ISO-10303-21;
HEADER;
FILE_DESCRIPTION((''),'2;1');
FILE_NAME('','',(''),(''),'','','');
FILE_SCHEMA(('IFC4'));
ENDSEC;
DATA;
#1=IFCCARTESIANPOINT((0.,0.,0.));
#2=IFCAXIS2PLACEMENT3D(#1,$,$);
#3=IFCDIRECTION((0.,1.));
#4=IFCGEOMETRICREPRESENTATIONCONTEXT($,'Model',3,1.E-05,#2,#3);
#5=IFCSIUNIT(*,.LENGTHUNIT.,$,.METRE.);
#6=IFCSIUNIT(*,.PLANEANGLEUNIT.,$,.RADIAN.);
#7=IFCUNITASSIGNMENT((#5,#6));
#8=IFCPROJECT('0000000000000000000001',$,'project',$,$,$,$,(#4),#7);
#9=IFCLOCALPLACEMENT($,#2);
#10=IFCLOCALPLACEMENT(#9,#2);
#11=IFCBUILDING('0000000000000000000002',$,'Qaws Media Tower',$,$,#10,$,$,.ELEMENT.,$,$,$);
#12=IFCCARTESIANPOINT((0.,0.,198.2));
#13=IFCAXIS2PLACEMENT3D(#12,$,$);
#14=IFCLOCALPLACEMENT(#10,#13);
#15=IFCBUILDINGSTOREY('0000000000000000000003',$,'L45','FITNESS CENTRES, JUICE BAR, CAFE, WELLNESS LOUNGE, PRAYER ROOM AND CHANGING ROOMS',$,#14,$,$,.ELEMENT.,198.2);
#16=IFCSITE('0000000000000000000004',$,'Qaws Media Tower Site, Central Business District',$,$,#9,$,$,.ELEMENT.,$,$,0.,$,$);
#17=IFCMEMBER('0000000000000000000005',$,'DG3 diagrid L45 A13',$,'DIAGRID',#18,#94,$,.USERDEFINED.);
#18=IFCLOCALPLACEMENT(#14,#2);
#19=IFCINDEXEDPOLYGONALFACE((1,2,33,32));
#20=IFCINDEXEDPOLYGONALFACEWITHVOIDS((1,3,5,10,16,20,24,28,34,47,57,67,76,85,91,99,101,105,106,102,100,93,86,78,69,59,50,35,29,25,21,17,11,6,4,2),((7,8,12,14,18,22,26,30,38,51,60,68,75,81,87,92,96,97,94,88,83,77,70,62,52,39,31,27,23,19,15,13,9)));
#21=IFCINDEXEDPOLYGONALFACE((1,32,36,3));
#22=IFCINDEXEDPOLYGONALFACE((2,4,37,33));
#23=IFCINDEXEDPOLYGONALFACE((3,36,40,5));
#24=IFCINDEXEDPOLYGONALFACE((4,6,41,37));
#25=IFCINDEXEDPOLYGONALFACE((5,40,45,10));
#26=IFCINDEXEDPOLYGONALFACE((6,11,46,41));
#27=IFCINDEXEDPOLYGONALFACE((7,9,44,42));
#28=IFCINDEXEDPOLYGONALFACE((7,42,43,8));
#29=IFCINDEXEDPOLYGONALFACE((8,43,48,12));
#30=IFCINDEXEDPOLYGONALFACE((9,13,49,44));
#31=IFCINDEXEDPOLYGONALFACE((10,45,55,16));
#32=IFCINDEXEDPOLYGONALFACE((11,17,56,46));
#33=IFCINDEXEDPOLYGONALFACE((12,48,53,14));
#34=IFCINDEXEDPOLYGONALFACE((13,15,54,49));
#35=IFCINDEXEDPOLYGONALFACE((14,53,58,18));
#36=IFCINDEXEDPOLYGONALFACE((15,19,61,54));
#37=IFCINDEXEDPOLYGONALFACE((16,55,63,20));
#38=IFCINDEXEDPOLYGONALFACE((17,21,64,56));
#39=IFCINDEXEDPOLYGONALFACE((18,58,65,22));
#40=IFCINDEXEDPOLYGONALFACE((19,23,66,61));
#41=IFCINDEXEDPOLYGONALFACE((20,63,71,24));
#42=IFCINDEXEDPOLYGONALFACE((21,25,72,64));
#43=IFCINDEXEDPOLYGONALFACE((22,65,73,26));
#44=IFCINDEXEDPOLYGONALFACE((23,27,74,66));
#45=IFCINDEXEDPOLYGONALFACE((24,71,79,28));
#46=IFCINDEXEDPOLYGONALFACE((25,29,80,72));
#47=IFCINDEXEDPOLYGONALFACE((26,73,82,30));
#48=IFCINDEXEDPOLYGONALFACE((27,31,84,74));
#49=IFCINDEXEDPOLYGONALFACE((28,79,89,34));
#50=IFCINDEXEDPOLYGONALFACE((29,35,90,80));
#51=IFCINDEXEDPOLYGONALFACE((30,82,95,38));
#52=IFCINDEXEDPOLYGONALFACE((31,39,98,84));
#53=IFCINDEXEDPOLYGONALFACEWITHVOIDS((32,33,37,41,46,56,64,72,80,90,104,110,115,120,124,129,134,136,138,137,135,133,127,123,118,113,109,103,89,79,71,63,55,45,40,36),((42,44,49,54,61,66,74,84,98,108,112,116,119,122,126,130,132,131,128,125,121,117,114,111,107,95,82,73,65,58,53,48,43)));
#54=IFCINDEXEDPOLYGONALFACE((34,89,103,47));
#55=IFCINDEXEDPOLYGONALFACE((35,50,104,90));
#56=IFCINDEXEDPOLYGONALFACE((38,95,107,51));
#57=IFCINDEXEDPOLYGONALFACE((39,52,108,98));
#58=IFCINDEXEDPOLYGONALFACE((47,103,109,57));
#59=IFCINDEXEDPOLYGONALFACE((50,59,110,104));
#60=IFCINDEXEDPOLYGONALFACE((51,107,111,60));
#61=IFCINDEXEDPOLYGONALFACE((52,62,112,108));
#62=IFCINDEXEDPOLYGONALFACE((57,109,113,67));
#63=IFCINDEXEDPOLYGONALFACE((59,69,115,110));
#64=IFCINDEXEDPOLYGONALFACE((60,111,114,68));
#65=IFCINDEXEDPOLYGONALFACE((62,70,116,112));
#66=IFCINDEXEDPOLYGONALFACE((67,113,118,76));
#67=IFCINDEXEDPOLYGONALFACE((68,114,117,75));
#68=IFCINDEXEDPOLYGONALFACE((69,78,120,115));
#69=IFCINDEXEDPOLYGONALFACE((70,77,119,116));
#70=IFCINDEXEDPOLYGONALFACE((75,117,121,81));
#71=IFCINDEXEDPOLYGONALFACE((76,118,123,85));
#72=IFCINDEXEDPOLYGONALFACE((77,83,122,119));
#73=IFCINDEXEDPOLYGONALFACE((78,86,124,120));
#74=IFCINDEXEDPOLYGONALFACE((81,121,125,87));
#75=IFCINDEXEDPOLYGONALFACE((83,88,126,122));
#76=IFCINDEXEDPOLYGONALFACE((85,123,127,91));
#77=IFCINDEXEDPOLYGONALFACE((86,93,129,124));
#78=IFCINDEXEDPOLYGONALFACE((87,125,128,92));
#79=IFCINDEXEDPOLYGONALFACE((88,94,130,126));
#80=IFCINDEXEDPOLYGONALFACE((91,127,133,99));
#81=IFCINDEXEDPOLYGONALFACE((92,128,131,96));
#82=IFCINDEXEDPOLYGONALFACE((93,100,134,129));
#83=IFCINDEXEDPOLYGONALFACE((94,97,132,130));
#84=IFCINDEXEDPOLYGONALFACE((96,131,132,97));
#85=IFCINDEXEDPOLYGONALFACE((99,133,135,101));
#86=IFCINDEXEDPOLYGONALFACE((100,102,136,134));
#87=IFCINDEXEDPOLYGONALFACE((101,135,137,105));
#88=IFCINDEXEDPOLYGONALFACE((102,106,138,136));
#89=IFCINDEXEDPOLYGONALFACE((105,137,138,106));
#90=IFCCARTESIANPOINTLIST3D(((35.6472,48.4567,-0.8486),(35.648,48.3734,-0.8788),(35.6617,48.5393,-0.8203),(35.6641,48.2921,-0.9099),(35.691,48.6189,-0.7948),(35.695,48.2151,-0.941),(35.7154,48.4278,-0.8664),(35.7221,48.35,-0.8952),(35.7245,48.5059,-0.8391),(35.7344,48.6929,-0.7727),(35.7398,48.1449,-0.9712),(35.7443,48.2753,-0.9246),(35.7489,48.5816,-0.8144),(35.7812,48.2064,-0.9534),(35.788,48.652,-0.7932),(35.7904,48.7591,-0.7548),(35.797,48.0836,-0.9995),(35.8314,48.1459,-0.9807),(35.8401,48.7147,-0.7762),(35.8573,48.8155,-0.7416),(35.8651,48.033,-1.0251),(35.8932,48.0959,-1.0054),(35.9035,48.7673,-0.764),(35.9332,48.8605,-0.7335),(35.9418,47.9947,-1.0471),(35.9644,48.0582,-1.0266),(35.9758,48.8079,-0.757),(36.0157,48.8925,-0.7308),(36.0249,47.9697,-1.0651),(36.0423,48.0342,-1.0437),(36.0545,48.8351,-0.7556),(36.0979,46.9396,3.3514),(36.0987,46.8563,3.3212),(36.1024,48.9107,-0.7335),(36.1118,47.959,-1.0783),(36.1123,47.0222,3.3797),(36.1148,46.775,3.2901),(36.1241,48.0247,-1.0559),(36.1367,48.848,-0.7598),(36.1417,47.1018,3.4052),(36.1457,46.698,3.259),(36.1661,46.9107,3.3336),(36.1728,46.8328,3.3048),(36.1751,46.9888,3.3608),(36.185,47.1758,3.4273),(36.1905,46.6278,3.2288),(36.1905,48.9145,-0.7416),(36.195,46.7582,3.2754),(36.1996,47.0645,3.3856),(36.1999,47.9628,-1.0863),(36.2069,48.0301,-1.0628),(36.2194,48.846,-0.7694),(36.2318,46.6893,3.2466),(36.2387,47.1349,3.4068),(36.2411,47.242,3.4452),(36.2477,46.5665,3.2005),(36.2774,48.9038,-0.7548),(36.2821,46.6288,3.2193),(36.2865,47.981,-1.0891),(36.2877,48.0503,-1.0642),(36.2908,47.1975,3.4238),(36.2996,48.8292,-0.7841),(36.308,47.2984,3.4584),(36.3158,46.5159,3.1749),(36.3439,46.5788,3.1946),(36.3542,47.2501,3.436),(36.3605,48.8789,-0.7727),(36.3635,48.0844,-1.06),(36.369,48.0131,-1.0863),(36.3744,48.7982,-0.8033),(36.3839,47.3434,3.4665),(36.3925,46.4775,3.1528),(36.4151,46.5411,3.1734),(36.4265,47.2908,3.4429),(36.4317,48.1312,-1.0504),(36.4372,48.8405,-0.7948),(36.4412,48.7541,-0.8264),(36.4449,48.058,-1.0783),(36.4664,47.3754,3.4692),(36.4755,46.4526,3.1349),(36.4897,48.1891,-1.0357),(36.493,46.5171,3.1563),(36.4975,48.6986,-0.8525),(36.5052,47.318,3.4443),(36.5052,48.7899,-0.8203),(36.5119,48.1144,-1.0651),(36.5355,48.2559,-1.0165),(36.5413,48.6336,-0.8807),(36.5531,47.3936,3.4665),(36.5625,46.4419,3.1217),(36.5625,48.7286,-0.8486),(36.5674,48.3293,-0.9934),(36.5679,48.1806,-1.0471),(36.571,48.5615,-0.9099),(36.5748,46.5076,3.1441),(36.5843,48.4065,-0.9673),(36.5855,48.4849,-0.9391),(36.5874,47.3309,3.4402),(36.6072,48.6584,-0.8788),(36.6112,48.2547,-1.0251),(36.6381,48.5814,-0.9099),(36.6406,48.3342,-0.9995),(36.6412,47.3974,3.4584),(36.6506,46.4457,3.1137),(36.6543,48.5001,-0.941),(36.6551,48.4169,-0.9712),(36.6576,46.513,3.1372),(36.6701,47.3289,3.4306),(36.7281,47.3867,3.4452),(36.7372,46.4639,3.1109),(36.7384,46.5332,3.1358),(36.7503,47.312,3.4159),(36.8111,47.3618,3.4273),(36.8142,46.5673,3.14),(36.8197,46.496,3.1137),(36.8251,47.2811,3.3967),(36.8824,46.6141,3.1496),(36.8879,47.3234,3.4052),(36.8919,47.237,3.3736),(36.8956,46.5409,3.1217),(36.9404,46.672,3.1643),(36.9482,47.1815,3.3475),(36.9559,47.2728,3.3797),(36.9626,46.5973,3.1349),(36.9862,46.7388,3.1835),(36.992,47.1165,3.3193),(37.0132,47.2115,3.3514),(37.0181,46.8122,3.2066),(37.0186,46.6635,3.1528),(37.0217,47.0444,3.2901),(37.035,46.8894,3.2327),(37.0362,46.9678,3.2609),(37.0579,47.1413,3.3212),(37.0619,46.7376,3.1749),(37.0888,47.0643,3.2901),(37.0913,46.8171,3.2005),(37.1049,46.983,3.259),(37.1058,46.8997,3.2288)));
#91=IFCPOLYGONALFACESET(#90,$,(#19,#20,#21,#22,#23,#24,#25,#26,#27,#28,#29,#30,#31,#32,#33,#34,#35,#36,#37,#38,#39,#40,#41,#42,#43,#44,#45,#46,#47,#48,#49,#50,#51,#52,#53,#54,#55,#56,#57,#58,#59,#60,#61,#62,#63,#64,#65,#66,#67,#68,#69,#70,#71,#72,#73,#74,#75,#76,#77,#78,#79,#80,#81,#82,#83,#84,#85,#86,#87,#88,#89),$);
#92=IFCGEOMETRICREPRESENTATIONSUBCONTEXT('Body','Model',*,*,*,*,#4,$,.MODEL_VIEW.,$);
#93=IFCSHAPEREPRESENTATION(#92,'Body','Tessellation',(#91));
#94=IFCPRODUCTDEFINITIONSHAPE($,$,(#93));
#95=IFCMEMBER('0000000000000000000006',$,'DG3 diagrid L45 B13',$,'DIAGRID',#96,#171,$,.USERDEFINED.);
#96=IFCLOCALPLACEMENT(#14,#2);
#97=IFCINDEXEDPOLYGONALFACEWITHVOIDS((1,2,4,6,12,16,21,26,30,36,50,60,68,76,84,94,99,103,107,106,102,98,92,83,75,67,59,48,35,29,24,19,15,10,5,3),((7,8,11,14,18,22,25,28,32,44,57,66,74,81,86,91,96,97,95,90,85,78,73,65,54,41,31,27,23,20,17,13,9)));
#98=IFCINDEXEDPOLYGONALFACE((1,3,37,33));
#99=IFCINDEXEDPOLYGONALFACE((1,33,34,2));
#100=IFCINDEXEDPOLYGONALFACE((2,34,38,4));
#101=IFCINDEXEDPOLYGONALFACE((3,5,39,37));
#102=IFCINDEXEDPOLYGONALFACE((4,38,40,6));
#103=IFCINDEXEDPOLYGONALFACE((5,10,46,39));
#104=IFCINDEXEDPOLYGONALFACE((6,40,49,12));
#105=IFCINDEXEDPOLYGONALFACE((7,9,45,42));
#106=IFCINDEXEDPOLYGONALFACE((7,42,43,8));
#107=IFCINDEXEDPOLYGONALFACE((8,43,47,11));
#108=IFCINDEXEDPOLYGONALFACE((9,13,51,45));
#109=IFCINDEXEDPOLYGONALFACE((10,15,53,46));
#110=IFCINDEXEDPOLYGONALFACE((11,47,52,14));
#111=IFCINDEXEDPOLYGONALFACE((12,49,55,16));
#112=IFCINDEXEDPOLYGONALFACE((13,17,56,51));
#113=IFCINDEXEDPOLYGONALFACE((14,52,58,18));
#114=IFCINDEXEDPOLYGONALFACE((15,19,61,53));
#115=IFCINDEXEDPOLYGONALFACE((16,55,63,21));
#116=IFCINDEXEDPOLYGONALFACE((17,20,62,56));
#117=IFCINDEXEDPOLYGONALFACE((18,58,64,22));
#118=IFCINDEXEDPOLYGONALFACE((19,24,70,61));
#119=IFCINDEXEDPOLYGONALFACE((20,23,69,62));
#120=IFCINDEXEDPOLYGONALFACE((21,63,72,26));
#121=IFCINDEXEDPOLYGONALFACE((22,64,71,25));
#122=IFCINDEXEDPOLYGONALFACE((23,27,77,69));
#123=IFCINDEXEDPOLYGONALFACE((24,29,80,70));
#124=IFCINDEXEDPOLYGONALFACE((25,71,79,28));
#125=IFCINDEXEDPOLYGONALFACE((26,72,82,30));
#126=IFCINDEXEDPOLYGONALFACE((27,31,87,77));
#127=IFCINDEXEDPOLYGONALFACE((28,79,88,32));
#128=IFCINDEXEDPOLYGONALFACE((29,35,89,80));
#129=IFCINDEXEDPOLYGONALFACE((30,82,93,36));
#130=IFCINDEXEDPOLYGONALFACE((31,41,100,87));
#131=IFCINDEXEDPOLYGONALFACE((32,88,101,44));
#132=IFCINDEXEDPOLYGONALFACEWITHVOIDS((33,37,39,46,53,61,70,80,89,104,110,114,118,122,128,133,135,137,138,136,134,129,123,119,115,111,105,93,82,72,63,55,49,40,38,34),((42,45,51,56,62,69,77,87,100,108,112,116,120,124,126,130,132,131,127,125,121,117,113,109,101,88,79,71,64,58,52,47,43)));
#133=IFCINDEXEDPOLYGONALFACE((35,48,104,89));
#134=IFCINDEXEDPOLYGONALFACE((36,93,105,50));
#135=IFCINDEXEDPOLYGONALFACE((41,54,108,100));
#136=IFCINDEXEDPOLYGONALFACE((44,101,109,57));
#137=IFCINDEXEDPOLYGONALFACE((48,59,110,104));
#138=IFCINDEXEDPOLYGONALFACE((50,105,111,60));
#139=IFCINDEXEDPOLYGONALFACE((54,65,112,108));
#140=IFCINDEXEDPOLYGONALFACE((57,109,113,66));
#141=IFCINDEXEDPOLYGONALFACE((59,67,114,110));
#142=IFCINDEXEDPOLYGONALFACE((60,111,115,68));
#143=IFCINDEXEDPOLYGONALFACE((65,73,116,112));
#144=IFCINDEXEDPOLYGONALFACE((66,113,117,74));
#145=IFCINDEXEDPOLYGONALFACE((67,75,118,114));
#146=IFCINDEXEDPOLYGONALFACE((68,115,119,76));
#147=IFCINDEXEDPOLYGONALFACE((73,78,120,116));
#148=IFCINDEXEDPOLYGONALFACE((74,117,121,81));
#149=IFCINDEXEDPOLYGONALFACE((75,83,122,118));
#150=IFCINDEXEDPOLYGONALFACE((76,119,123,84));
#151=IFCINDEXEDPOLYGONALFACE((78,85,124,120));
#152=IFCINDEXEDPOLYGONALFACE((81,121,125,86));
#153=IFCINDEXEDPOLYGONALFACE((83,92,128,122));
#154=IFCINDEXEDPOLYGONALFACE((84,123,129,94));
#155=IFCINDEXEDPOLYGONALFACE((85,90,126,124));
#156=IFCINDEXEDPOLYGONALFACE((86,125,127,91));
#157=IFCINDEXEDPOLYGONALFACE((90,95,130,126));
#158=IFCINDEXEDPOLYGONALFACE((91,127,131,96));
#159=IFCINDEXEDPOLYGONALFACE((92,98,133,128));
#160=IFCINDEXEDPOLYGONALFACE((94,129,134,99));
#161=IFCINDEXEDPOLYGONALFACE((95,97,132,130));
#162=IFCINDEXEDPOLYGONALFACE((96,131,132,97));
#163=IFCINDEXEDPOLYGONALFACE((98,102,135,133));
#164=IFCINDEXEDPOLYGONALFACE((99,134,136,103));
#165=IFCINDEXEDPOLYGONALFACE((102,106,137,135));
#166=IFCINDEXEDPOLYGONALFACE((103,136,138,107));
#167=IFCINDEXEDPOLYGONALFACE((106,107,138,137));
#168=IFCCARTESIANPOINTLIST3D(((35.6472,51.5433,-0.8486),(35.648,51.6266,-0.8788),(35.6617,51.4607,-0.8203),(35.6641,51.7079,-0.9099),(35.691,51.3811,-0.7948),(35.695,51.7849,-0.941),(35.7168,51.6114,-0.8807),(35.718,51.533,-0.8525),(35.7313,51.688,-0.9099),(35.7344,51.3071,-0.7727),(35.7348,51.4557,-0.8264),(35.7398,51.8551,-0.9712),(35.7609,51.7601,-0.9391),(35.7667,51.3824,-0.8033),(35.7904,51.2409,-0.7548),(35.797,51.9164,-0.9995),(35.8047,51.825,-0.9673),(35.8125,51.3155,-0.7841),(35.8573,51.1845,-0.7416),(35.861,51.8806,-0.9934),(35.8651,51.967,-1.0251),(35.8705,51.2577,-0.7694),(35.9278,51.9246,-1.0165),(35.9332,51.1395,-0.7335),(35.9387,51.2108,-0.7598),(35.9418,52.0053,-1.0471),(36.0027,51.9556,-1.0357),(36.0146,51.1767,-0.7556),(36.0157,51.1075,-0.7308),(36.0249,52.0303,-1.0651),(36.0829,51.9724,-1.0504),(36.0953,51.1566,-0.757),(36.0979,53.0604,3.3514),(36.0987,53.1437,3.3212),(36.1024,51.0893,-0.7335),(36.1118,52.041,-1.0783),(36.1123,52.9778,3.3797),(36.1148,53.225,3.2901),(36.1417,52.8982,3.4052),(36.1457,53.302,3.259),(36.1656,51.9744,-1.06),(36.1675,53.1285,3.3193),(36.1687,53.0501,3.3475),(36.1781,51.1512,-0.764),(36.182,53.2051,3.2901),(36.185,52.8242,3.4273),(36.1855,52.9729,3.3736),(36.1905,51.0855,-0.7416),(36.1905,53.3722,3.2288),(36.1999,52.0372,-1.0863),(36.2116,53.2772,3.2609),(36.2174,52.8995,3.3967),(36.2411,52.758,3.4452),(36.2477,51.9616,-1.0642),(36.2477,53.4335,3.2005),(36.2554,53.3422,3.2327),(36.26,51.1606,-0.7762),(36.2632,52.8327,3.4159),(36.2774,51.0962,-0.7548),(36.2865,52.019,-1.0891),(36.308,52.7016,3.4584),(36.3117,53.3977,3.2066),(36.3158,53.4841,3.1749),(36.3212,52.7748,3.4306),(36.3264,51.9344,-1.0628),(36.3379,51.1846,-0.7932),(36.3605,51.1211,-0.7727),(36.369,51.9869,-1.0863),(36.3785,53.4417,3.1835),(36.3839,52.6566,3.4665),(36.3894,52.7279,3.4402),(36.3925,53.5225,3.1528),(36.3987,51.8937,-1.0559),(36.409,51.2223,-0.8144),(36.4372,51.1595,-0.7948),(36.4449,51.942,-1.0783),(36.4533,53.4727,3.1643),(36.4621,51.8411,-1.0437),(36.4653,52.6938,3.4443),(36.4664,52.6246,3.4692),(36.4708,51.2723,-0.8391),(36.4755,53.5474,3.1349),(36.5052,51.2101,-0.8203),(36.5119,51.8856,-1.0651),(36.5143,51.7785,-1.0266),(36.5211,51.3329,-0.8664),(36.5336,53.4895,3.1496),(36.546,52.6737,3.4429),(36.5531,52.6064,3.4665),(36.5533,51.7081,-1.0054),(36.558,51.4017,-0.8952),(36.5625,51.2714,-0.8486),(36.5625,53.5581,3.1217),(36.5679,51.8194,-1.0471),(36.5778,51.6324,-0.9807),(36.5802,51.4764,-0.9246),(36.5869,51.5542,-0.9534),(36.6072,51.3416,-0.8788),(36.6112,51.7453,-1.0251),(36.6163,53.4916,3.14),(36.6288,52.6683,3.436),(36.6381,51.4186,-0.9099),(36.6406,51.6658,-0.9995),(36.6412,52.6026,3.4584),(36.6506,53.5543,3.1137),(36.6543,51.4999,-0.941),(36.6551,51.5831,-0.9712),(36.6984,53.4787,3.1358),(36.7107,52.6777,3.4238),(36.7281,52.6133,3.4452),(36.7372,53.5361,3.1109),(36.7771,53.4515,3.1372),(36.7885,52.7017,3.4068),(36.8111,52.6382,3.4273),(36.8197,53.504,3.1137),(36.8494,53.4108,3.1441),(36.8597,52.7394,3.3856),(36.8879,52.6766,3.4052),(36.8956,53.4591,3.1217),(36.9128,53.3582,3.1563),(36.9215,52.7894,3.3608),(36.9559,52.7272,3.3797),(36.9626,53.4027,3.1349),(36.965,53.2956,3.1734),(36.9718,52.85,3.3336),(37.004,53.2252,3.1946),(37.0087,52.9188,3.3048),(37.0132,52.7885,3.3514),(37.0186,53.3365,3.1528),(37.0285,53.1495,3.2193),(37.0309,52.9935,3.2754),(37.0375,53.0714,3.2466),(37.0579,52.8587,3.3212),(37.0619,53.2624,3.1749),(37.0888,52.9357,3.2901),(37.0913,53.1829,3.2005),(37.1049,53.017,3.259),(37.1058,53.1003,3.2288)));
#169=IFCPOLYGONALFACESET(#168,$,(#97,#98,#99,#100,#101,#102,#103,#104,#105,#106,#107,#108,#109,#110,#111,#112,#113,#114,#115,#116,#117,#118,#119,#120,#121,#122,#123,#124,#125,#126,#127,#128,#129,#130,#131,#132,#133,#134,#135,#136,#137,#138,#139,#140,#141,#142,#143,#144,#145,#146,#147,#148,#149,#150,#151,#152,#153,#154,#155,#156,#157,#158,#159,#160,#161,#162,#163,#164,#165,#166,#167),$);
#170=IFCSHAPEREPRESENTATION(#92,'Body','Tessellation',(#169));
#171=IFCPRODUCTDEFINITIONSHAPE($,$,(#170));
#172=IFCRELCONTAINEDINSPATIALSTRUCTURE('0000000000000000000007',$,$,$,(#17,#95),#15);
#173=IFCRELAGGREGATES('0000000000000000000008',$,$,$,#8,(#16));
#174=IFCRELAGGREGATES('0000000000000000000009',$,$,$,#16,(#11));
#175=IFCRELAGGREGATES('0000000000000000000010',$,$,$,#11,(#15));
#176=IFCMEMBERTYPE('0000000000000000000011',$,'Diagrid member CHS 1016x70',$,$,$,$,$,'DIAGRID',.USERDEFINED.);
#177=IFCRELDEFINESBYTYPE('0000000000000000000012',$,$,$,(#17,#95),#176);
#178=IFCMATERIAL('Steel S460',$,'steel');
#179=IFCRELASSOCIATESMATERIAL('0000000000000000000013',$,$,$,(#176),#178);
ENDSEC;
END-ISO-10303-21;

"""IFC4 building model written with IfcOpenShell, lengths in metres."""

from ifc_helpers import new_model, si_unit, direction, frame, origin, origin_2d, place, context, subcontext, project, spatial, hollow_circle, extrude, material, material_profile, profile_set, type_object, element, save


model = new_model("IFC4")

# Units and contexts
model_context = context("Model", 3, precision=1e-05, world=origin(), true_north=direction((0.0, 1.0)))
body_context = subcontext(model_context, "Body", "Model", "MODEL_VIEW")
ifc_project = project(units=[si_unit("LENGTHUNIT", "METRE"), si_unit("PLANEANGLEUNIT", "RADIAN")], contexts=[model_context])

# Site, building, storey
site_placement = place(None, origin())
site = spatial("IfcSite", under=ifc_project, at=site_placement, Name="Qaws Media Tower Site, Central Business District", CompositionType="ELEMENT", RefElevation=0.0)
building_placement = place(site_placement, origin())
building = spatial("IfcBuilding", under=site, at=building_placement, Name="Qaws Media Tower", CompositionType="ELEMENT")
storey_placement = place(building_placement, frame((0.0, 0.0, 198.2)))
storey = spatial("IfcBuildingStorey", under=building, at=storey_placement, Name="L45", Description="FITNESS CENTRES, JUICE BAR, CAFE, WELLNESS LOUNGE, PRAYER ROOM AND CHANGING ROOMS", CompositionType="ELEMENT", Elevation=198.2)

# Members
ifc_material_1 = material(Name="Steel S460", Category="steel")
ifc_material_profile_1 = material_profile(ifc_material_1, hollow_circle(Radius=0.5081, WallThickness=0.0701, at=origin_2d()), Name="CHS 1016x70")
ifc_profile_set_1 = profile_set([ifc_material_profile_1], Name="Steel S460")
member_type_1 = type_object("IfcMemberType", Name="Diagrid member CHS 1016x70", ElementType="DIAGRID", PredefinedType="USERDEFINED", material=ifc_profile_set_1)
for number, where, z_axis, x_axis, name in (
    (1, (36.1511, 48.4368, -0.9099), (0.100414, -0.338015, 0.935769), (0.958596, 0.284771, 0.0), "DG3 diagrid L45 A13"),
    (2, (36.1511, 51.5632, -0.9099), (0.100414, 0.338015, 0.935769), (-0.958596, 0.284771, 0.0), "DG3 diagrid L45 B13"),
):
    element("IfcMember", number, at=place(storey_placement, frame(where, z_axis=z_axis, x_axis=x_axis)), inside=storey, type_object=member_type_1, Name=name, ObjectType="DIAGRID", PredefinedType="USERDEFINED", context=body_context, shape_type="SweptSolid", body=[
        extrude(hollow_circle(Radius=0.5081, WallThickness=0.0701, at=origin_2d()), origin(), (0.0, 0.0, 1.0), 4.4883),
    ])

save(model, "model.ifc")
